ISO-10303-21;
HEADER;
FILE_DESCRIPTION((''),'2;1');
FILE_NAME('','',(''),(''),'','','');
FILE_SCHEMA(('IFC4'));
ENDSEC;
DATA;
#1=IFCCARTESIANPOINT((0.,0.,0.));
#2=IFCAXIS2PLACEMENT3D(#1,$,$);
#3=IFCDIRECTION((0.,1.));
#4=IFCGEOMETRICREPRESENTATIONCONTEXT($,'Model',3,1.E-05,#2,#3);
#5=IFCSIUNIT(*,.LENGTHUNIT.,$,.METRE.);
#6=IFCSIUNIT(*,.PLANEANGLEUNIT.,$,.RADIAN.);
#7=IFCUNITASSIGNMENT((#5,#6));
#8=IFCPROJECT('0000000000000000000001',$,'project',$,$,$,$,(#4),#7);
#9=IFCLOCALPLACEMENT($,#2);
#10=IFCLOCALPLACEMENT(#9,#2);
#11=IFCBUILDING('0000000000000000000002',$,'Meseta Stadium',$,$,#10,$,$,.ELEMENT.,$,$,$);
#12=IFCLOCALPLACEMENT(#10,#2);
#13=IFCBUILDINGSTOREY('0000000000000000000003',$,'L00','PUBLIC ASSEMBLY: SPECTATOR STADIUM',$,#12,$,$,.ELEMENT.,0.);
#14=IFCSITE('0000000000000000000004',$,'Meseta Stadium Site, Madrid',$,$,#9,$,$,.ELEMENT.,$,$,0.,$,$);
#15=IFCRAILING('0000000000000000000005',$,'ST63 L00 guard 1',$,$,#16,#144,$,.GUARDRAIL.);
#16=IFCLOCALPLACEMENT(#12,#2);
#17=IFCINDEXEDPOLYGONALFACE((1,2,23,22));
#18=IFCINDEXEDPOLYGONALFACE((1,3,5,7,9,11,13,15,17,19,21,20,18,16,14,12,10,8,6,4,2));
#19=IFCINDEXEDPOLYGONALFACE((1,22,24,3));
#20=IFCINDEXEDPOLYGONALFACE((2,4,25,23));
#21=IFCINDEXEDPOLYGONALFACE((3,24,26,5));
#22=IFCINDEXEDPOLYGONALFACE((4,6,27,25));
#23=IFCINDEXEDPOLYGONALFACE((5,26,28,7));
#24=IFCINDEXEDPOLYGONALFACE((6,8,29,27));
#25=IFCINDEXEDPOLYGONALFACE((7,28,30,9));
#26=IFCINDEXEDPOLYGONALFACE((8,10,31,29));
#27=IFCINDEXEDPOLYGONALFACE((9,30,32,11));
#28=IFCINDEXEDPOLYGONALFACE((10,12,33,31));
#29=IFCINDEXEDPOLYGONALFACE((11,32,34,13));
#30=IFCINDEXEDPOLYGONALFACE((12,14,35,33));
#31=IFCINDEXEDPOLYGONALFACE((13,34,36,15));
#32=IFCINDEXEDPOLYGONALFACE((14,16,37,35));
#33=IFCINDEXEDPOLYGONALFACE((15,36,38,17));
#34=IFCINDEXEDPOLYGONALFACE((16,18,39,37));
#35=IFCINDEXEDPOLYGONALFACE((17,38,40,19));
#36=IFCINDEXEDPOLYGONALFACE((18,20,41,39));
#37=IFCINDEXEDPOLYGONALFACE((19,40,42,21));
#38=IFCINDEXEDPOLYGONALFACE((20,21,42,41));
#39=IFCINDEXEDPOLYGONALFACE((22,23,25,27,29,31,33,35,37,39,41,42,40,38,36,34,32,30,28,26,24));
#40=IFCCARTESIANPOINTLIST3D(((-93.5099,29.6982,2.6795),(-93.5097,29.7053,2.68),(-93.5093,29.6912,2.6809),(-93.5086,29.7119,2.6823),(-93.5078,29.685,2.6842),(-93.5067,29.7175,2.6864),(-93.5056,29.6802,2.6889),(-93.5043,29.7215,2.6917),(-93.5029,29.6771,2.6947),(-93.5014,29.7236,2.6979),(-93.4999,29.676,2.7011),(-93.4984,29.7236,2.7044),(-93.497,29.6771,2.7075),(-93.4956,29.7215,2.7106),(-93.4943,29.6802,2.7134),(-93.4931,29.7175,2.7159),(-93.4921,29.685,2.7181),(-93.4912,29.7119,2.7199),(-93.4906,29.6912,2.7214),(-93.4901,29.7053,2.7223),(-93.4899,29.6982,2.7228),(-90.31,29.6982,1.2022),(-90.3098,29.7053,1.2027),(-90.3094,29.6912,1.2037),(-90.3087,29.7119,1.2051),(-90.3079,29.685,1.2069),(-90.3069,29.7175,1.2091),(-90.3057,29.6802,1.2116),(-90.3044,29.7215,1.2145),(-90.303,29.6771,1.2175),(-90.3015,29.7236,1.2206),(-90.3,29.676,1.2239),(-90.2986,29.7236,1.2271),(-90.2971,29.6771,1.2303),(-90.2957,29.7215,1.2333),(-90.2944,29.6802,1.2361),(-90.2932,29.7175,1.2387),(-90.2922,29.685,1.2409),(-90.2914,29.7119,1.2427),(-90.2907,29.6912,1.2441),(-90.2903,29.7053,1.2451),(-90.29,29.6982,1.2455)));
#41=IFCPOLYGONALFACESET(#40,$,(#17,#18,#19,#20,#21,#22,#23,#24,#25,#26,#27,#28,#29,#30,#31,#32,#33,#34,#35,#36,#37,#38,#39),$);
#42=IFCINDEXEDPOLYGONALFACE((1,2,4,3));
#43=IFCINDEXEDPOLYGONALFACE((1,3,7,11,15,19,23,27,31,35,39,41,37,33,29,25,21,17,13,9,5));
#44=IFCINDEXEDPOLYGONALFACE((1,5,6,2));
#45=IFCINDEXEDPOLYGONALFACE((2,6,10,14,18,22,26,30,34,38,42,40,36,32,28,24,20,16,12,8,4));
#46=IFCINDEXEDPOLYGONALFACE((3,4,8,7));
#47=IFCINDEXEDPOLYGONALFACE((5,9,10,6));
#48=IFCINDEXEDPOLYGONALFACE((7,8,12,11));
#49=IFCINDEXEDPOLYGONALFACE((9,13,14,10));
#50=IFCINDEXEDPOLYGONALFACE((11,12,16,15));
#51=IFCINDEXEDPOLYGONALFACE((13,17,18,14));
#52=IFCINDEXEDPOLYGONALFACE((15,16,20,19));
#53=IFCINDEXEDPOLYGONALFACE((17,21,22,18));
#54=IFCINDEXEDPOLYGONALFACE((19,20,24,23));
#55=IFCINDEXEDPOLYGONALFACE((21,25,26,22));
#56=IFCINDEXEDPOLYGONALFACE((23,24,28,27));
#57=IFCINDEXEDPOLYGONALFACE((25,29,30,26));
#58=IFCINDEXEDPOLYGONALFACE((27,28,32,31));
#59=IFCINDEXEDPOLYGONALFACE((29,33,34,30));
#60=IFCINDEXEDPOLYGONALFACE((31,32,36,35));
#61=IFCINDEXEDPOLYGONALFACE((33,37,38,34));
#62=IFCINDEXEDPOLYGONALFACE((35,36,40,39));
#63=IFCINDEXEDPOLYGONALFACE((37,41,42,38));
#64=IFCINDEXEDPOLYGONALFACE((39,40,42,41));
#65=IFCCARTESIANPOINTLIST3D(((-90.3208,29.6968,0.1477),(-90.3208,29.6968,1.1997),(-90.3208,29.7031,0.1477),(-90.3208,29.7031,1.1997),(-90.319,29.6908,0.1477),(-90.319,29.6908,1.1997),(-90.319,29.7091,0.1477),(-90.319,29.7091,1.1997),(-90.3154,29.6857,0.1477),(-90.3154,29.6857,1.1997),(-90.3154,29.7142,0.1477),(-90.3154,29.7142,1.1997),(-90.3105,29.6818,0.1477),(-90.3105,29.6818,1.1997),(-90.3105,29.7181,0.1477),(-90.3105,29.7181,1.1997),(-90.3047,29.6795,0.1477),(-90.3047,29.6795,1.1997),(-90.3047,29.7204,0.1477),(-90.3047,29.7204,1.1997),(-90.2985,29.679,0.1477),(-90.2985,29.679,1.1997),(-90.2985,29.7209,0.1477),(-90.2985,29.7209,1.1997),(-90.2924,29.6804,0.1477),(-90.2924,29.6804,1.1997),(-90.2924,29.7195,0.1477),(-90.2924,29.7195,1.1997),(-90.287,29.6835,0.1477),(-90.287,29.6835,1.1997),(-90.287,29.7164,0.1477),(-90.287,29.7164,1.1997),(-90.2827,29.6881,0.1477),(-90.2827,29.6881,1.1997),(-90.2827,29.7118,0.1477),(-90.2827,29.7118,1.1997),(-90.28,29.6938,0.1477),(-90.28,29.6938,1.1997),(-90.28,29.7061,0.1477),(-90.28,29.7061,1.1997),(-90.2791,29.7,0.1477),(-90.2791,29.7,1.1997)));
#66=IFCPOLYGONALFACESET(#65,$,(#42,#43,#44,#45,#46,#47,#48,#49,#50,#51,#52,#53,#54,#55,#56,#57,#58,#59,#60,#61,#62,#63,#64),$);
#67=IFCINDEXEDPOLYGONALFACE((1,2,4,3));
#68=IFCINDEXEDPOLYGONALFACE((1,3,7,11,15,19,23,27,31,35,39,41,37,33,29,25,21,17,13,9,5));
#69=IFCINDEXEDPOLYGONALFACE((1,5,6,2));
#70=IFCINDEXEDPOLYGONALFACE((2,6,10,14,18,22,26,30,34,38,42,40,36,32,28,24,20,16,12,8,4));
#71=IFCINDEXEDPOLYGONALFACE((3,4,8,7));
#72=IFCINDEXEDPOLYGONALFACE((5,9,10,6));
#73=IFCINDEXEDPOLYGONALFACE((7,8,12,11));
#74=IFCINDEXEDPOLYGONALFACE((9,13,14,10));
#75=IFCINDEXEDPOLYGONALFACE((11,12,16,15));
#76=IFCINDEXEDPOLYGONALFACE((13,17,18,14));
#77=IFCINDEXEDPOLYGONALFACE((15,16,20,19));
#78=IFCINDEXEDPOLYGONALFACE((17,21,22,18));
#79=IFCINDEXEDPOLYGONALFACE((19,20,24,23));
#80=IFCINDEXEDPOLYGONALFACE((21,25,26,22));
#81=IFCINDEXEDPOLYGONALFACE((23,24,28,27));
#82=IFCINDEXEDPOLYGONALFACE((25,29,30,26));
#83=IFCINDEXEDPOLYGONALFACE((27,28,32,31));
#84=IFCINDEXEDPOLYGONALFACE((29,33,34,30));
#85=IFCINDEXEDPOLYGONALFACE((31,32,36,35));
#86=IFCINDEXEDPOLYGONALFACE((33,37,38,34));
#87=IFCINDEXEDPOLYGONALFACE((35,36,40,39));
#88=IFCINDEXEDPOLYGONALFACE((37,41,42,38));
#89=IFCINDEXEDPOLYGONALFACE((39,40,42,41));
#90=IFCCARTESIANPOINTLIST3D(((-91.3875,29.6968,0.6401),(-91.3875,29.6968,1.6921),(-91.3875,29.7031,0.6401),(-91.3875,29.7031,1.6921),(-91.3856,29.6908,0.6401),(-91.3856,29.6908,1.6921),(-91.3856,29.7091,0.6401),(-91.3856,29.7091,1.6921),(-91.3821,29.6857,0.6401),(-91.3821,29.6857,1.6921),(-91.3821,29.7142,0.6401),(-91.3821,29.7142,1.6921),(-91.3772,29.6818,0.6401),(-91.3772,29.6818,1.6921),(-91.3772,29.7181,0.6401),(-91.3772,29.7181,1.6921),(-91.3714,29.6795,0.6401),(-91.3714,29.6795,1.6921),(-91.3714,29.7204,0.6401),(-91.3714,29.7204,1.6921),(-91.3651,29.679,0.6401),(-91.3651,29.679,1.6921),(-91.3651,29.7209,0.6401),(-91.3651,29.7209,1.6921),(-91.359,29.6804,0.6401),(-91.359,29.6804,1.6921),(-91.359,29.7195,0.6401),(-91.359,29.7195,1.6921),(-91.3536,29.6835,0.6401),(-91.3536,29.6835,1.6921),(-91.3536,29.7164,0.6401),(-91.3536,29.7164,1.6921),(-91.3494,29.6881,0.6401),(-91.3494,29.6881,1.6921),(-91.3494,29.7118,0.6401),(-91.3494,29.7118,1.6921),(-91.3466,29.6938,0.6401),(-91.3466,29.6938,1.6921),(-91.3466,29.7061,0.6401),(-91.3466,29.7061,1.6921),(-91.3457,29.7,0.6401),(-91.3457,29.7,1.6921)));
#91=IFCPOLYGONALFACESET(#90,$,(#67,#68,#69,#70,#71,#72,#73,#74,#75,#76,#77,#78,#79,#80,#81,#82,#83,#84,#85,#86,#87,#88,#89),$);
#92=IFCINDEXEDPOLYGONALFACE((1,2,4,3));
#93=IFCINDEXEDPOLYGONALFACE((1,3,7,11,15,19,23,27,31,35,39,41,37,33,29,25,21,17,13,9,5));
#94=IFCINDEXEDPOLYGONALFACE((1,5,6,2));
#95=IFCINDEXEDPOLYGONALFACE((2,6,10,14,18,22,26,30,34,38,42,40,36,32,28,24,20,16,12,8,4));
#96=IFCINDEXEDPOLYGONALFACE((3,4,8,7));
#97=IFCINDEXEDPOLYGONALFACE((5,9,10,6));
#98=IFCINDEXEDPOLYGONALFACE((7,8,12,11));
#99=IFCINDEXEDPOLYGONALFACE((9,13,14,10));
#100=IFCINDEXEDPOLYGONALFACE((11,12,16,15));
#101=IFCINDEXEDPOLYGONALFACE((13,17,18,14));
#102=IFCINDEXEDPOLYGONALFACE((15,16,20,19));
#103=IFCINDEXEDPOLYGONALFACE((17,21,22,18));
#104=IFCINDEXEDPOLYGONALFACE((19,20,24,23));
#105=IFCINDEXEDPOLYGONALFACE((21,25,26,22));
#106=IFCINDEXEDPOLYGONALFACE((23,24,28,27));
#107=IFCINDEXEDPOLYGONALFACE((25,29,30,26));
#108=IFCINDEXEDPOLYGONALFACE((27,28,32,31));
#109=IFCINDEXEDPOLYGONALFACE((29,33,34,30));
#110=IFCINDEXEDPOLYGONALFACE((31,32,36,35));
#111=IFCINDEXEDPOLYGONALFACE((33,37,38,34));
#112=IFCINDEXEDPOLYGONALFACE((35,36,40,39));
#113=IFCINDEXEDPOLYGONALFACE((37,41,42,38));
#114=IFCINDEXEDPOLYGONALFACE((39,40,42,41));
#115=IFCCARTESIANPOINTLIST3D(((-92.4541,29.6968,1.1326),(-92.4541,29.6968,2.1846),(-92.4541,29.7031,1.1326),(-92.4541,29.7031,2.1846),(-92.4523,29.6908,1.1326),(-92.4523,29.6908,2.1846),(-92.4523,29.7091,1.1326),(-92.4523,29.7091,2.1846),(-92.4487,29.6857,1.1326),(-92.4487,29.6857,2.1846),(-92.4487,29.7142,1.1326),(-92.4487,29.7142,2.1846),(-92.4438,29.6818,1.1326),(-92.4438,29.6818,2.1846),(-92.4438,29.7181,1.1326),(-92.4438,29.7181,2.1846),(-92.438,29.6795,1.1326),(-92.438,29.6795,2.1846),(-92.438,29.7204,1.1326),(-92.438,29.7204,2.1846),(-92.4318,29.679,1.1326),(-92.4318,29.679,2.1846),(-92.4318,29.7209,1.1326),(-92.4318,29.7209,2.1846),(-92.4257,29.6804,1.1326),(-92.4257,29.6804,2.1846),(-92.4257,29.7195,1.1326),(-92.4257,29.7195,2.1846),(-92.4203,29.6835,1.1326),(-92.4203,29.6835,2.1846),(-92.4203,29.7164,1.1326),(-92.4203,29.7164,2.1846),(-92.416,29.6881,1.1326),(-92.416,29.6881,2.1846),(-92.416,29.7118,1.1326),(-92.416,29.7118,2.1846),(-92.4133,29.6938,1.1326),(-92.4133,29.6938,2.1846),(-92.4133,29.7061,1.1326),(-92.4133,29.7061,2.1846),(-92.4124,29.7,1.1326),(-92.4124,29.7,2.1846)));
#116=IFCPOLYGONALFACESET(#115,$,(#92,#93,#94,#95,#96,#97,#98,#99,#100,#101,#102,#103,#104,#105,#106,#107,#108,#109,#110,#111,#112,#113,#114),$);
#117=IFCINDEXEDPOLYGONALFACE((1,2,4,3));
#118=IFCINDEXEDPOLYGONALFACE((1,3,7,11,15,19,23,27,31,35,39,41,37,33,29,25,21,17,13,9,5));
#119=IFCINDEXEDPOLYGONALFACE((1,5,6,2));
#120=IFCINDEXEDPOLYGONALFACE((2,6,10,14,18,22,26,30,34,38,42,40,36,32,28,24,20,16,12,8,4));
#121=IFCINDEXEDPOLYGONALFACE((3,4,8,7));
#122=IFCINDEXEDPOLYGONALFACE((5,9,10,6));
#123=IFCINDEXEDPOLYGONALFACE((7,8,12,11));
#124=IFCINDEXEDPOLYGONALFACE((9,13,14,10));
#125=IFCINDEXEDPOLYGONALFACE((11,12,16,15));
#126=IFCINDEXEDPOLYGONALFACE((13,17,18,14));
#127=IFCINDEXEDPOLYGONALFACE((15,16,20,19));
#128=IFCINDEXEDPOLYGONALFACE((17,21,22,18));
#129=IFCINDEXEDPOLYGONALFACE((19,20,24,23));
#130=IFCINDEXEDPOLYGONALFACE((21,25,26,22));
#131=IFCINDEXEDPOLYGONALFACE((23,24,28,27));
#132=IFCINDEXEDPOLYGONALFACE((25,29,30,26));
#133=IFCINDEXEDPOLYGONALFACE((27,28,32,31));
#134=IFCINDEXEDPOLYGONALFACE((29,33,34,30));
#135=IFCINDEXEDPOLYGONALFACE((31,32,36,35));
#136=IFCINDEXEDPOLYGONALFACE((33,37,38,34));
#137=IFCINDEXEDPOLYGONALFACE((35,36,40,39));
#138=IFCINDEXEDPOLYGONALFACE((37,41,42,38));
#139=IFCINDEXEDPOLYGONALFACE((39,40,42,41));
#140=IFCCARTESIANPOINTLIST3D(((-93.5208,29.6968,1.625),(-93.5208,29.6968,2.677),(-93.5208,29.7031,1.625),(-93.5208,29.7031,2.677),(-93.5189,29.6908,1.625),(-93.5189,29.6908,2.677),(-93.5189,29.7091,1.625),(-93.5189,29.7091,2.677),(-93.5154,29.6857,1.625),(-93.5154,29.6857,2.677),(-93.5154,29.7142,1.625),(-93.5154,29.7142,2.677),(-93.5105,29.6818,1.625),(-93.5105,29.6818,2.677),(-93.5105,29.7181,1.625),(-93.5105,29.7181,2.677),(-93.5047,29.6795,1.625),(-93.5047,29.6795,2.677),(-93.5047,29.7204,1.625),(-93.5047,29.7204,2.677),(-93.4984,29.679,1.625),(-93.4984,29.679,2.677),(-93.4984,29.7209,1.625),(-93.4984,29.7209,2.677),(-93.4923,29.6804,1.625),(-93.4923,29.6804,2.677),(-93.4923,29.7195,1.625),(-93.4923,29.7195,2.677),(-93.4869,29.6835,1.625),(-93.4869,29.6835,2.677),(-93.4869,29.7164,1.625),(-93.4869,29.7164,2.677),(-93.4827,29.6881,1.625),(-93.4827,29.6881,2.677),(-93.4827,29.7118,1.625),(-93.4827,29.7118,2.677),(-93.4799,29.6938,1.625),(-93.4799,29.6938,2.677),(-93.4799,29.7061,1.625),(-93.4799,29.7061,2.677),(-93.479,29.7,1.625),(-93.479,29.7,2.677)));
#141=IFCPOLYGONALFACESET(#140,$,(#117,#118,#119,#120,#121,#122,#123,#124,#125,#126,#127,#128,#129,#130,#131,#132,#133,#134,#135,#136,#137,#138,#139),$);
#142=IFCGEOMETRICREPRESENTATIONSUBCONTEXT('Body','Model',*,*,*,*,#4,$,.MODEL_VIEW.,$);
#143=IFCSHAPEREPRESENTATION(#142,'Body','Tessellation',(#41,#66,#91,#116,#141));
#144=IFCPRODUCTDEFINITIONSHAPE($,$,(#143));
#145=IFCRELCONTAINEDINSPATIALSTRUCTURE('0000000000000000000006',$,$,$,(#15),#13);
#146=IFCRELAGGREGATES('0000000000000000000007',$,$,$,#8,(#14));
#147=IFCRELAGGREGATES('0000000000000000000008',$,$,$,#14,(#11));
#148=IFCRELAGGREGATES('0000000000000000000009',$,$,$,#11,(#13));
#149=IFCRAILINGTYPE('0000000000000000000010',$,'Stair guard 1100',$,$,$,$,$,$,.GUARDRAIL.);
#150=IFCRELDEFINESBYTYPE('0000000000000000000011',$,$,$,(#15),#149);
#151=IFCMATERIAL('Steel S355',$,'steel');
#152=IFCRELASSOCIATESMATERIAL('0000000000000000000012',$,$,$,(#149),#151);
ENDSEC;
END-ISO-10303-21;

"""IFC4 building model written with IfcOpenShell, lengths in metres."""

from ifc_helpers import new_model, si_unit, direction, frame, origin, origin_2d, place, context, subcontext, project, spatial, circle, extrude, material, type_object, element, save


model = new_model("IFC4")

# Units and contexts
model_context = context("Model", 3, precision=1e-05, world=origin(), true_north=direction((0.0, 1.0)))
body_context = subcontext(model_context, "Body", "Model", "MODEL_VIEW")
ifc_project = project(units=[si_unit("LENGTHUNIT", "METRE"), si_unit("PLANEANGLEUNIT", "RADIAN")], contexts=[model_context])

# Site, building, storey
site_placement = place(None, origin())
site = spatial("IfcSite", under=ifc_project, at=site_placement, Name="Meseta Stadium Site, Madrid", CompositionType="ELEMENT", RefElevation=0.0)
building_placement = place(site_placement, origin())
building = spatial("IfcBuilding", under=site, at=building_placement, Name="Meseta Stadium", CompositionType="ELEMENT")
storey_placement = place(building_placement, origin())
storey = spatial("IfcBuildingStorey", under=building, at=storey_placement, Name="L00", Description="PUBLIC ASSEMBLY: SPECTATOR STADIUM", CompositionType="ELEMENT", Elevation=0.0)

# Railing
ifc_material_1 = material(Name="Steel S355", Category="steel")
railing_type_1 = type_object("IfcRailingType", Name="Stair guard 1100", PredefinedType="GUARDRAIL", material=ifc_material_1)
railing_1_placement = place(storey_placement, frame((-90.3, 29.7, 0.1477)))
element("IfcRailing", 1, at=railing_1_placement, inside=storey, type_object=railing_type_1, Name="ST63 L00 guard 1", PredefinedType="GUARDRAIL", context=body_context, shape_type="SweptSolid", body=[
    extrude(circle(Radius=0.0239, at=origin_2d()), frame((0.0, 0.0, 1.0762), z_axis=(-0.907917, 0.0, 0.41915), x_axis=(0.0, -1.0, 0.0)), (0.0, 0.0, 1.0), 3.5244),
    extrude(circle(Radius=0.021, at=origin_2d()), origin(), (0.0, 0.0, 1.0), 1.052),
    extrude(circle(Radius=0.021, at=origin_2d()), frame((-1.0667, 0.0, 0.4924)), (0.0, 0.0, 1.0), 1.052),
    extrude(circle(Radius=0.021, at=origin_2d()), frame((-2.1333, 0.0, 0.9849)), (0.0, 0.0, 1.0), 1.052),
    extrude(circle(Radius=0.021, at=origin_2d()), frame((-3.2, 0.0, 1.4773)), (0.0, 0.0, 1.0), 1.052),
])

save(model, "model.ifc")
